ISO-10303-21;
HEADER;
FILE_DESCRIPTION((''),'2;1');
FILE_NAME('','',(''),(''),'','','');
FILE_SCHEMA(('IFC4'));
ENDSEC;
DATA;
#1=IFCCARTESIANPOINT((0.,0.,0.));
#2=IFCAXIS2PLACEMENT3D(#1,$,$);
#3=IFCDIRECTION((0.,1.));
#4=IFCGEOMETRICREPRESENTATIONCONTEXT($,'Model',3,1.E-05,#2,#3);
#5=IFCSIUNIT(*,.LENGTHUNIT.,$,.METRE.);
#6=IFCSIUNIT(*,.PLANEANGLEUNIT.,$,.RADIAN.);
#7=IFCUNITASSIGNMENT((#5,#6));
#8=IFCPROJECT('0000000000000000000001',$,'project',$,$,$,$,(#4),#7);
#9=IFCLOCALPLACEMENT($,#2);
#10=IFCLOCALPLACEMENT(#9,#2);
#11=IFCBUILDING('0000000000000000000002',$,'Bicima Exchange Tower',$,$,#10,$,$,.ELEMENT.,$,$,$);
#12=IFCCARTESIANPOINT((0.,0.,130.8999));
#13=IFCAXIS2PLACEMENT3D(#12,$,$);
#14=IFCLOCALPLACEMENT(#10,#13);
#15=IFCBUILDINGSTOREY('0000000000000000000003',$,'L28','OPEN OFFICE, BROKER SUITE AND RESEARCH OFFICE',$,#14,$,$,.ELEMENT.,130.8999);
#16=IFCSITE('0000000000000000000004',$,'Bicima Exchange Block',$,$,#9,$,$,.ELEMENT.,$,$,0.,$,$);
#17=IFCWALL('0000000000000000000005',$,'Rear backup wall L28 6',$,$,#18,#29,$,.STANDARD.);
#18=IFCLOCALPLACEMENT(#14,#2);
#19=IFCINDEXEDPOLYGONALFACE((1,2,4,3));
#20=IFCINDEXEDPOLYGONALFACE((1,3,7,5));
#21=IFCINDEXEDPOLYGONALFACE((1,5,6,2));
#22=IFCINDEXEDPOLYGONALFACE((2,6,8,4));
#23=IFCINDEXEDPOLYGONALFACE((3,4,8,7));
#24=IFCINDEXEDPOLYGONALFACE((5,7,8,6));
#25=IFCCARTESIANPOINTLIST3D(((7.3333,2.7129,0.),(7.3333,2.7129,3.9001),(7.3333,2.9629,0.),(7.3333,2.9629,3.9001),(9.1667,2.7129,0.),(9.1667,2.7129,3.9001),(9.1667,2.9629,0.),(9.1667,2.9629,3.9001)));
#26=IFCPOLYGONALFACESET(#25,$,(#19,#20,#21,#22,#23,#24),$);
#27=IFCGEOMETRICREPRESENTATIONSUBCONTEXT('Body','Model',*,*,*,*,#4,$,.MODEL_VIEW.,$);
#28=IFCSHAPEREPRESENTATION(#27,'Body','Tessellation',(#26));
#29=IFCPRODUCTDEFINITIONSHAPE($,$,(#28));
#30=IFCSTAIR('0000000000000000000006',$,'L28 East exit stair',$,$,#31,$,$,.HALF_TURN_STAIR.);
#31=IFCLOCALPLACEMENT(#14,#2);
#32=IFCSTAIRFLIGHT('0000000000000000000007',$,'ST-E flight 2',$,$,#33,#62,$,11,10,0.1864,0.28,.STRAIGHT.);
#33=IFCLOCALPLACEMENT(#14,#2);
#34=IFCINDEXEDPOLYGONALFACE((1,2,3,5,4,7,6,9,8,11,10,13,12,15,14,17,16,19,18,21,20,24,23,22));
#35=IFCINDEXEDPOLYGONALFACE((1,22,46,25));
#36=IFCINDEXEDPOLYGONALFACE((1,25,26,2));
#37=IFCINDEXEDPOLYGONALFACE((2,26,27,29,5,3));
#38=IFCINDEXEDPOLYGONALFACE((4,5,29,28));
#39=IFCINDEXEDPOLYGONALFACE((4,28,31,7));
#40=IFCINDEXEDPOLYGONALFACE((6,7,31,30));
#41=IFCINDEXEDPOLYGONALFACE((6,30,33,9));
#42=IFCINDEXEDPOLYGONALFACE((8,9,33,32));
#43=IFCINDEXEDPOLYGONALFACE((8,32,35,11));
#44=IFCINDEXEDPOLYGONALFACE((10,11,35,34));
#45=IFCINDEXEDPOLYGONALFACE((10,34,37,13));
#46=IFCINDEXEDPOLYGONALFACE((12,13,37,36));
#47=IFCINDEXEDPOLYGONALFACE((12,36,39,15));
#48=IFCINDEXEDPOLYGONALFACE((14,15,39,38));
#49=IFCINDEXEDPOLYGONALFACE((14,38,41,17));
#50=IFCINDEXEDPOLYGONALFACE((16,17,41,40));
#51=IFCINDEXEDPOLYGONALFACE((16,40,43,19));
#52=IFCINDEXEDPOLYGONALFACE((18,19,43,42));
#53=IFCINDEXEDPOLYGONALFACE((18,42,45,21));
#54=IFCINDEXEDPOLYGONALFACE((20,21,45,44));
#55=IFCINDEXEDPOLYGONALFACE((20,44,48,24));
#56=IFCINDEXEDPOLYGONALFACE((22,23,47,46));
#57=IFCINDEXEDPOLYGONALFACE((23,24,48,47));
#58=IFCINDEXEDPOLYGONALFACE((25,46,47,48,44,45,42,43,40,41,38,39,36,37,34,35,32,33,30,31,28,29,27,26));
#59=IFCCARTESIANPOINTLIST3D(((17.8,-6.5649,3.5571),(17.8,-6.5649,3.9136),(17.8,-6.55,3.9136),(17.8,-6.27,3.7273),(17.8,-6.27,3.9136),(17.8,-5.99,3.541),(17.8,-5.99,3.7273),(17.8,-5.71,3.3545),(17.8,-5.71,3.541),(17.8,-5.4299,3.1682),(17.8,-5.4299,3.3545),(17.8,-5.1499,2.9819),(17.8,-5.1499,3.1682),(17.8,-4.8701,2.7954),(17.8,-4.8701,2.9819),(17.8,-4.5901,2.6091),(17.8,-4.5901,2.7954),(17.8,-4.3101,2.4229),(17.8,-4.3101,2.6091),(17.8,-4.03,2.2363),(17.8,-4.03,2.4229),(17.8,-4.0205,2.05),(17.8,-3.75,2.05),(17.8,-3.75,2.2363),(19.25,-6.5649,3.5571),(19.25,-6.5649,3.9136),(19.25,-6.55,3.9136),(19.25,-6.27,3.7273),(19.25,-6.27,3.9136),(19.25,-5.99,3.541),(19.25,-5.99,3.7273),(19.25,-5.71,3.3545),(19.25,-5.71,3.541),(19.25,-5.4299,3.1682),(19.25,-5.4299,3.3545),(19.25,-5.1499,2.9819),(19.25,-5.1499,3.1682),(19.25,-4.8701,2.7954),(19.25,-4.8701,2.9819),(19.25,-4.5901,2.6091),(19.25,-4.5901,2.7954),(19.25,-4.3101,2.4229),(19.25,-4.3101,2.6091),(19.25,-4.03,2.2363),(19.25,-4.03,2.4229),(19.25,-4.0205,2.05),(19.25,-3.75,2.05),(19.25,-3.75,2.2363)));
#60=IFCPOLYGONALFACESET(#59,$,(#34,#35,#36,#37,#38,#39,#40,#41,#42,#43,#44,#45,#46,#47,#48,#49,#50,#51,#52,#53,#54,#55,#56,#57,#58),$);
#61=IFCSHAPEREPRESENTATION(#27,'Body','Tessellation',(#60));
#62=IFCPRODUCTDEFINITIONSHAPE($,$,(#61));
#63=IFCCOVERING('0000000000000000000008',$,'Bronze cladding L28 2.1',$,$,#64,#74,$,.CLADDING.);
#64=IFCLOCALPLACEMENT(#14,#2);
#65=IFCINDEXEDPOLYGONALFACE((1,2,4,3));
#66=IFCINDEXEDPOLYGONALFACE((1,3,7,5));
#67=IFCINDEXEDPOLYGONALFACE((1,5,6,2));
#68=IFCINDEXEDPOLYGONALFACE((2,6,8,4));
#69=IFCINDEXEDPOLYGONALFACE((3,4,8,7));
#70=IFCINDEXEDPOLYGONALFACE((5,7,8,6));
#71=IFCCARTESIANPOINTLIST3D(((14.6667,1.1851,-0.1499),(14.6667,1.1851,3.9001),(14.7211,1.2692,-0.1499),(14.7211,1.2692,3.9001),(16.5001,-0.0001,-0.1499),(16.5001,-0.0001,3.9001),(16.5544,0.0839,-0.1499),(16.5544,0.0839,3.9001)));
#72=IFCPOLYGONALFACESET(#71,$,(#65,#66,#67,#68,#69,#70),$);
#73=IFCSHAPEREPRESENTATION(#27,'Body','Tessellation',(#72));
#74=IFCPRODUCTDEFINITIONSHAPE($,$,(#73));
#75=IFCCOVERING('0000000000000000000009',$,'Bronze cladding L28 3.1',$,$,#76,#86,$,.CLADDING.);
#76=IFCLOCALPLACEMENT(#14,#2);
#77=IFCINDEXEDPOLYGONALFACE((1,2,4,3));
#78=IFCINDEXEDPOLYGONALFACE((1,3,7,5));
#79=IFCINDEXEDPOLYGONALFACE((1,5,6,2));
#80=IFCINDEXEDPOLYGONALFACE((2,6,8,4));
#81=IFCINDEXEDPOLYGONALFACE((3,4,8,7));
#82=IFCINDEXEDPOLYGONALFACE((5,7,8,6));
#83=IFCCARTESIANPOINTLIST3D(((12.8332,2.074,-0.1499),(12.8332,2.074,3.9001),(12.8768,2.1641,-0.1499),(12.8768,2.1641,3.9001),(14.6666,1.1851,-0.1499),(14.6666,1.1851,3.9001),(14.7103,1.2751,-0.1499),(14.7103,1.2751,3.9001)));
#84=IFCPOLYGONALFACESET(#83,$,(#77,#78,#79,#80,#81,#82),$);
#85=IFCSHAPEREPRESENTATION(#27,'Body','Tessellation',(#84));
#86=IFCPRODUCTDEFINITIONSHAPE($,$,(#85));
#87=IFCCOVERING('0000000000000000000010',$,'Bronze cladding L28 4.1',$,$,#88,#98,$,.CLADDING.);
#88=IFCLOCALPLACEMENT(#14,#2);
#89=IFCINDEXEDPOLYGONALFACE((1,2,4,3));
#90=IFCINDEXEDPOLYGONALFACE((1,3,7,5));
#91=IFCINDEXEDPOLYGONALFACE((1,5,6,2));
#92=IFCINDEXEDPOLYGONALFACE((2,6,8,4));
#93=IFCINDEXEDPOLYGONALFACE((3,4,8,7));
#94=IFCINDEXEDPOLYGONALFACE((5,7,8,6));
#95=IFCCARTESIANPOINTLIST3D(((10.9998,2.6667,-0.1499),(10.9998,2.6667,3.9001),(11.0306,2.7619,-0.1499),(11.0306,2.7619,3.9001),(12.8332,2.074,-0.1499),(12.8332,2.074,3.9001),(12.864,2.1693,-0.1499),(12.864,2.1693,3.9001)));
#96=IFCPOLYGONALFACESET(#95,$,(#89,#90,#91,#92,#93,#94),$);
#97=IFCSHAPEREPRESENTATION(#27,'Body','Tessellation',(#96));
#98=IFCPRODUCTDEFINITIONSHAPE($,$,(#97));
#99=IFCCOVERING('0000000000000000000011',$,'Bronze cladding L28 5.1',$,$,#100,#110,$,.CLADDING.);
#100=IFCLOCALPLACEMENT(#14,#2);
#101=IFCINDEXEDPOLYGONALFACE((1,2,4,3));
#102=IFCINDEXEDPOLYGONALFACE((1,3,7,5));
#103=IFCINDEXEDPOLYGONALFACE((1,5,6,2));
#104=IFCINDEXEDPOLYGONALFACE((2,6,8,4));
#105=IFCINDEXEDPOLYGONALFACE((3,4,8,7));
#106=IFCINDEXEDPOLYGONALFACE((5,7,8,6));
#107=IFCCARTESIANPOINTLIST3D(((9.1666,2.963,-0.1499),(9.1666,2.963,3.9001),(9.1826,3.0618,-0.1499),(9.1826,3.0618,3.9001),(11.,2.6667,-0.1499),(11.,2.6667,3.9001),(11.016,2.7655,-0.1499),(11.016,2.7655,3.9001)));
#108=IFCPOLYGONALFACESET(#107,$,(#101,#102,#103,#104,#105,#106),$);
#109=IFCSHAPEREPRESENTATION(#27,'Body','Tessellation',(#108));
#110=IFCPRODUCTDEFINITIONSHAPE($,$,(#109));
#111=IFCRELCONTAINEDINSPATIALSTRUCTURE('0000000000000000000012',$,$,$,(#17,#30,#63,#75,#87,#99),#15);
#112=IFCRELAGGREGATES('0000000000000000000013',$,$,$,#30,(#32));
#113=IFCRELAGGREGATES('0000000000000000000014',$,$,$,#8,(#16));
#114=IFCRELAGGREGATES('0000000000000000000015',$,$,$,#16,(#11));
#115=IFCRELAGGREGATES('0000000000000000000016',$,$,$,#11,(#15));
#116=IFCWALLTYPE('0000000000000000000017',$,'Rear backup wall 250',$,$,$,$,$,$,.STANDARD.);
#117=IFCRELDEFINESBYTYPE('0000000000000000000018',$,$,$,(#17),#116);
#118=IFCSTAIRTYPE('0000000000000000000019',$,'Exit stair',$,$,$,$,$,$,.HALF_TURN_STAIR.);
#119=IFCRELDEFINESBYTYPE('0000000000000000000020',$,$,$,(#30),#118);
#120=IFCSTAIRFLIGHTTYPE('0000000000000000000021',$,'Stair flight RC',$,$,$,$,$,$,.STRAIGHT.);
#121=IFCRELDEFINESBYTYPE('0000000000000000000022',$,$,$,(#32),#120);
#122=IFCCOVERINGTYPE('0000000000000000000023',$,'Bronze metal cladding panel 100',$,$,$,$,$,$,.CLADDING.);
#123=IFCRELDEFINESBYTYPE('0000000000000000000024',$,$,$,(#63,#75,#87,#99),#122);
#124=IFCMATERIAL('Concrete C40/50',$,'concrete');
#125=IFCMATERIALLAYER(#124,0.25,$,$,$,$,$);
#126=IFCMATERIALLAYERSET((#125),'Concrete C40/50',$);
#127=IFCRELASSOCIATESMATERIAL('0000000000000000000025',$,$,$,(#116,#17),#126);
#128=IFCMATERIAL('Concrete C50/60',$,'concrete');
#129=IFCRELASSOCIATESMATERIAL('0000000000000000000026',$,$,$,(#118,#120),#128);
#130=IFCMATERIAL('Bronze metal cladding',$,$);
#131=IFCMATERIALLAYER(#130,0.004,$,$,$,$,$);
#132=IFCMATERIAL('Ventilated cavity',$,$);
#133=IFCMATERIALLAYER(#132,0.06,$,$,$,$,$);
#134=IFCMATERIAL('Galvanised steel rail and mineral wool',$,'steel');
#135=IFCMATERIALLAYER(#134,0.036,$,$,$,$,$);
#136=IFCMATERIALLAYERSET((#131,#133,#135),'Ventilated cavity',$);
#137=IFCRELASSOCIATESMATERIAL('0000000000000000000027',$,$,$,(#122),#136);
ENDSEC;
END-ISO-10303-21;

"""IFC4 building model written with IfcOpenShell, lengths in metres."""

from ifc_helpers import new_model, si_unit, direction, frame, frame_2d, origin, origin_2d, place, context, subcontext, project, spatial, polyline, rectangle, outline, extrude, material, layer, layer_set, layer_usage, type_object, element, aggregate, save


model = new_model("IFC4")

# Units and contexts
model_context = context("Model", 3, precision=1e-05, world=origin(), true_north=direction((0.0, 1.0)))
body_context = subcontext(model_context, "Body", "Model", "MODEL_VIEW")
ifc_project = project(units=[si_unit("LENGTHUNIT", "METRE"), si_unit("PLANEANGLEUNIT", "RADIAN")], contexts=[model_context])

# Site, building, storey
site_placement = place(None, origin())
site = spatial("IfcSite", under=ifc_project, at=site_placement, Name="Bicima Exchange Block", CompositionType="ELEMENT", RefElevation=0.0)
building_placement = place(site_placement, origin())
building = spatial("IfcBuilding", under=site, at=building_placement, Name="Bicima Exchange Tower", CompositionType="ELEMENT")
storey_placement = place(building_placement, frame((0.0, 0.0, 130.8999)))
storey = spatial("IfcBuildingStorey", under=building, at=storey_placement, Name="L28", Description="OPEN OFFICE, BROKER SUITE AND RESEARCH OFFICE", CompositionType="ELEMENT", Elevation=130.8999)

# Shared definitions
ifc_material_1 = material(Name="Concrete C50/60", Category="concrete")

# Wall
ifc_material_2 = material(Name="Concrete C40/50", Category="concrete")
ifc_layer_1 = layer(ifc_material_2, 0.25)
ifc_layer_set_1 = layer_set([ifc_layer_1], Name="Concrete C40/50")
ifc_layer_usage = layer_usage(ifc_layer_set_1, "AXIS2", "POSITIVE", -0.125)
wall_type_1 = type_object("IfcWallType", Name="Rear backup wall 250", PredefinedType="STANDARD", material=ifc_layer_set_1)
wall_1_placement = place(storey_placement, frame((9.1667, 2.8379, 0.0), z_axis=(0.0, 0.0, 1.0), x_axis=(-1.0, 0.0, 0.0)))
element("IfcWall", 1, at=wall_1_placement, inside=storey, type_object=wall_type_1, material=ifc_layer_usage, Name="Rear backup wall L28 6", PredefinedType="STANDARD", context=body_context, shape_type="SweptSolid", body=[
    extrude(rectangle(XDim=1.8335, YDim=0.25, at=frame_2d((0.9167, 0.0))), origin(), (0.0, 0.0, 1.0), 3.9001),
])

# Stair, stair flight
stair_type = type_object("IfcStairType", Name="Exit stair", PredefinedType="HALF_TURN_STAIR", material=ifc_material_1)
stair_placement = place(storey_placement, origin())
stair = element("IfcStair", 2, at=stair_placement, inside=storey, type_object=stair_type, Name="L28 East exit stair", PredefinedType="HALF_TURN_STAIR")
stair_flight_type = type_object("IfcStairFlightType", Name="Stair flight RC", PredefinedType="STRAIGHT", material=ifc_material_1)
stair_flight_placement = place(storey_placement, frame((18.5249, -3.75, 2.05), z_axis=(0.0, 0.0, 1.0), x_axis=(0.0, -1.0, 0.0)))
stair_flight = element("IfcStairFlight", 3, at=stair_flight_placement, type_object=stair_flight_type, Name="ST-E flight 2", NumberOfRisers=11, NumberOfTreads=10, PredefinedType="STRAIGHT", RiserHeight=0.1864, TreadLength=0.28, context=body_context, shape_type="SweptSolid", body=[
    extrude(outline(polyline([(0.0, 0.0), (0.0, 0.1863), (0.28, 0.1863), (0.28, 0.3728), (0.5601, 0.3728), (0.5601, 0.5591), (0.8401, 0.5591), (0.8401, 0.7454), (1.1201, 0.7454), (1.1201, 0.9319), (1.3999, 0.9319), (1.3999, 1.1182), (1.6799, 1.1182), (1.6799, 1.3044), (1.96, 1.3044), (1.96, 1.491), (2.24, 1.491), (2.24, 1.6772), (2.52, 1.6772), (2.52, 1.8635), (2.8, 1.8635), (2.8149, 1.8635), (2.8149, 1.5071), (0.2705, 0.0), (0.0, 0.0)])), frame((0.0, 0.7251, 0.0), z_axis=(0.0, -1.0, 0.0), x_axis=(1.0, 0.0, 0.0)), (0.0, 0.0, 1.0), 1.45),
])
aggregate(stair, [stair_flight])

# Coverings
ifc_material_3 = material(Name="Bronze metal cladding")
ifc_layer_2 = layer(ifc_material_3, 0.004)
ifc_material_4 = material(Name="Ventilated cavity")
ifc_layer_3 = layer(ifc_material_4, 0.06)
ifc_material_5 = material(Name="Galvanised steel rail and mineral wool", Category="steel")
ifc_layer_4 = layer(ifc_material_5, 0.036)
ifc_layer_set_2 = layer_set([ifc_layer_2, ifc_layer_3, ifc_layer_4], Name="Ventilated cavity")
covering_type = type_object("IfcCoveringType", Name="Bronze metal cladding panel 100", PredefinedType="CLADDING", material=ifc_layer_set_2)
covering_1_placement = place(storey_placement, frame((15.6106, 0.6345, -0.1499), z_axis=(0.0, 0.0, 1.0), x_axis=(-0.83979, 0.542911, 0.0)))
element("IfcCovering", 4, at=covering_1_placement, inside=storey, type_object=covering_type, Name="Bronze cladding L28 2.1", PredefinedType="CLADDING", context=body_context, shape_type="SweptSolid", body=[
    extrude(rectangle(XDim=2.1831, YDim=0.1001, at=origin_2d()), origin(), (0.0, 0.0, 1.0), 4.05),
])
covering_2_placement = place(storey_placement, frame((13.7717, 1.6746, -0.1499), z_axis=(0.0, 0.0, 1.0), x_axis=(-0.899818, 0.436265, 0.0)))
element("IfcCovering", 5, at=covering_2_placement, inside=storey, type_object=covering_type, Name="Bronze cladding L28 3.1", PredefinedType="CLADDING", context=body_context, shape_type="SweptSolid", body=[
    extrude(rectangle(XDim=2.0376, YDim=0.1001, at=origin_2d()), origin(), (0.0, 0.0, 1.0), 4.05),
])
covering_3_placement = place(storey_placement, frame((11.9319, 2.418, -0.1499), z_axis=(0.0, 0.0, 1.0), x_axis=(-0.951525, 0.307573, 0.0)))
element("IfcCovering", 6, at=covering_3_placement, inside=storey, type_object=covering_type, Name="Bronze cladding L28 4.1", PredefinedType="CLADDING", context=body_context, shape_type="SweptSolid", body=[
    extrude(rectangle(XDim=1.9268, YDim=0.1001, at=origin_2d()), origin(), (0.0, 0.0, 1.0), 4.05),
])
covering_4_placement = place(storey_placement, frame((10.0913, 2.8643, -0.1499), z_axis=(0.0, 0.0, 1.0), x_axis=(-0.98719, 0.15955, 0.0)))
element("IfcCovering", 7, at=covering_4_placement, inside=storey, type_object=covering_type, Name="Bronze cladding L28 5.1", PredefinedType="CLADDING", context=body_context, shape_type="SweptSolid", body=[
    extrude(rectangle(XDim=1.8572, YDim=0.1001, at=origin_2d()), origin(), (0.0, 0.0, 1.0), 4.05),
])

save(model, "model.ifc")
